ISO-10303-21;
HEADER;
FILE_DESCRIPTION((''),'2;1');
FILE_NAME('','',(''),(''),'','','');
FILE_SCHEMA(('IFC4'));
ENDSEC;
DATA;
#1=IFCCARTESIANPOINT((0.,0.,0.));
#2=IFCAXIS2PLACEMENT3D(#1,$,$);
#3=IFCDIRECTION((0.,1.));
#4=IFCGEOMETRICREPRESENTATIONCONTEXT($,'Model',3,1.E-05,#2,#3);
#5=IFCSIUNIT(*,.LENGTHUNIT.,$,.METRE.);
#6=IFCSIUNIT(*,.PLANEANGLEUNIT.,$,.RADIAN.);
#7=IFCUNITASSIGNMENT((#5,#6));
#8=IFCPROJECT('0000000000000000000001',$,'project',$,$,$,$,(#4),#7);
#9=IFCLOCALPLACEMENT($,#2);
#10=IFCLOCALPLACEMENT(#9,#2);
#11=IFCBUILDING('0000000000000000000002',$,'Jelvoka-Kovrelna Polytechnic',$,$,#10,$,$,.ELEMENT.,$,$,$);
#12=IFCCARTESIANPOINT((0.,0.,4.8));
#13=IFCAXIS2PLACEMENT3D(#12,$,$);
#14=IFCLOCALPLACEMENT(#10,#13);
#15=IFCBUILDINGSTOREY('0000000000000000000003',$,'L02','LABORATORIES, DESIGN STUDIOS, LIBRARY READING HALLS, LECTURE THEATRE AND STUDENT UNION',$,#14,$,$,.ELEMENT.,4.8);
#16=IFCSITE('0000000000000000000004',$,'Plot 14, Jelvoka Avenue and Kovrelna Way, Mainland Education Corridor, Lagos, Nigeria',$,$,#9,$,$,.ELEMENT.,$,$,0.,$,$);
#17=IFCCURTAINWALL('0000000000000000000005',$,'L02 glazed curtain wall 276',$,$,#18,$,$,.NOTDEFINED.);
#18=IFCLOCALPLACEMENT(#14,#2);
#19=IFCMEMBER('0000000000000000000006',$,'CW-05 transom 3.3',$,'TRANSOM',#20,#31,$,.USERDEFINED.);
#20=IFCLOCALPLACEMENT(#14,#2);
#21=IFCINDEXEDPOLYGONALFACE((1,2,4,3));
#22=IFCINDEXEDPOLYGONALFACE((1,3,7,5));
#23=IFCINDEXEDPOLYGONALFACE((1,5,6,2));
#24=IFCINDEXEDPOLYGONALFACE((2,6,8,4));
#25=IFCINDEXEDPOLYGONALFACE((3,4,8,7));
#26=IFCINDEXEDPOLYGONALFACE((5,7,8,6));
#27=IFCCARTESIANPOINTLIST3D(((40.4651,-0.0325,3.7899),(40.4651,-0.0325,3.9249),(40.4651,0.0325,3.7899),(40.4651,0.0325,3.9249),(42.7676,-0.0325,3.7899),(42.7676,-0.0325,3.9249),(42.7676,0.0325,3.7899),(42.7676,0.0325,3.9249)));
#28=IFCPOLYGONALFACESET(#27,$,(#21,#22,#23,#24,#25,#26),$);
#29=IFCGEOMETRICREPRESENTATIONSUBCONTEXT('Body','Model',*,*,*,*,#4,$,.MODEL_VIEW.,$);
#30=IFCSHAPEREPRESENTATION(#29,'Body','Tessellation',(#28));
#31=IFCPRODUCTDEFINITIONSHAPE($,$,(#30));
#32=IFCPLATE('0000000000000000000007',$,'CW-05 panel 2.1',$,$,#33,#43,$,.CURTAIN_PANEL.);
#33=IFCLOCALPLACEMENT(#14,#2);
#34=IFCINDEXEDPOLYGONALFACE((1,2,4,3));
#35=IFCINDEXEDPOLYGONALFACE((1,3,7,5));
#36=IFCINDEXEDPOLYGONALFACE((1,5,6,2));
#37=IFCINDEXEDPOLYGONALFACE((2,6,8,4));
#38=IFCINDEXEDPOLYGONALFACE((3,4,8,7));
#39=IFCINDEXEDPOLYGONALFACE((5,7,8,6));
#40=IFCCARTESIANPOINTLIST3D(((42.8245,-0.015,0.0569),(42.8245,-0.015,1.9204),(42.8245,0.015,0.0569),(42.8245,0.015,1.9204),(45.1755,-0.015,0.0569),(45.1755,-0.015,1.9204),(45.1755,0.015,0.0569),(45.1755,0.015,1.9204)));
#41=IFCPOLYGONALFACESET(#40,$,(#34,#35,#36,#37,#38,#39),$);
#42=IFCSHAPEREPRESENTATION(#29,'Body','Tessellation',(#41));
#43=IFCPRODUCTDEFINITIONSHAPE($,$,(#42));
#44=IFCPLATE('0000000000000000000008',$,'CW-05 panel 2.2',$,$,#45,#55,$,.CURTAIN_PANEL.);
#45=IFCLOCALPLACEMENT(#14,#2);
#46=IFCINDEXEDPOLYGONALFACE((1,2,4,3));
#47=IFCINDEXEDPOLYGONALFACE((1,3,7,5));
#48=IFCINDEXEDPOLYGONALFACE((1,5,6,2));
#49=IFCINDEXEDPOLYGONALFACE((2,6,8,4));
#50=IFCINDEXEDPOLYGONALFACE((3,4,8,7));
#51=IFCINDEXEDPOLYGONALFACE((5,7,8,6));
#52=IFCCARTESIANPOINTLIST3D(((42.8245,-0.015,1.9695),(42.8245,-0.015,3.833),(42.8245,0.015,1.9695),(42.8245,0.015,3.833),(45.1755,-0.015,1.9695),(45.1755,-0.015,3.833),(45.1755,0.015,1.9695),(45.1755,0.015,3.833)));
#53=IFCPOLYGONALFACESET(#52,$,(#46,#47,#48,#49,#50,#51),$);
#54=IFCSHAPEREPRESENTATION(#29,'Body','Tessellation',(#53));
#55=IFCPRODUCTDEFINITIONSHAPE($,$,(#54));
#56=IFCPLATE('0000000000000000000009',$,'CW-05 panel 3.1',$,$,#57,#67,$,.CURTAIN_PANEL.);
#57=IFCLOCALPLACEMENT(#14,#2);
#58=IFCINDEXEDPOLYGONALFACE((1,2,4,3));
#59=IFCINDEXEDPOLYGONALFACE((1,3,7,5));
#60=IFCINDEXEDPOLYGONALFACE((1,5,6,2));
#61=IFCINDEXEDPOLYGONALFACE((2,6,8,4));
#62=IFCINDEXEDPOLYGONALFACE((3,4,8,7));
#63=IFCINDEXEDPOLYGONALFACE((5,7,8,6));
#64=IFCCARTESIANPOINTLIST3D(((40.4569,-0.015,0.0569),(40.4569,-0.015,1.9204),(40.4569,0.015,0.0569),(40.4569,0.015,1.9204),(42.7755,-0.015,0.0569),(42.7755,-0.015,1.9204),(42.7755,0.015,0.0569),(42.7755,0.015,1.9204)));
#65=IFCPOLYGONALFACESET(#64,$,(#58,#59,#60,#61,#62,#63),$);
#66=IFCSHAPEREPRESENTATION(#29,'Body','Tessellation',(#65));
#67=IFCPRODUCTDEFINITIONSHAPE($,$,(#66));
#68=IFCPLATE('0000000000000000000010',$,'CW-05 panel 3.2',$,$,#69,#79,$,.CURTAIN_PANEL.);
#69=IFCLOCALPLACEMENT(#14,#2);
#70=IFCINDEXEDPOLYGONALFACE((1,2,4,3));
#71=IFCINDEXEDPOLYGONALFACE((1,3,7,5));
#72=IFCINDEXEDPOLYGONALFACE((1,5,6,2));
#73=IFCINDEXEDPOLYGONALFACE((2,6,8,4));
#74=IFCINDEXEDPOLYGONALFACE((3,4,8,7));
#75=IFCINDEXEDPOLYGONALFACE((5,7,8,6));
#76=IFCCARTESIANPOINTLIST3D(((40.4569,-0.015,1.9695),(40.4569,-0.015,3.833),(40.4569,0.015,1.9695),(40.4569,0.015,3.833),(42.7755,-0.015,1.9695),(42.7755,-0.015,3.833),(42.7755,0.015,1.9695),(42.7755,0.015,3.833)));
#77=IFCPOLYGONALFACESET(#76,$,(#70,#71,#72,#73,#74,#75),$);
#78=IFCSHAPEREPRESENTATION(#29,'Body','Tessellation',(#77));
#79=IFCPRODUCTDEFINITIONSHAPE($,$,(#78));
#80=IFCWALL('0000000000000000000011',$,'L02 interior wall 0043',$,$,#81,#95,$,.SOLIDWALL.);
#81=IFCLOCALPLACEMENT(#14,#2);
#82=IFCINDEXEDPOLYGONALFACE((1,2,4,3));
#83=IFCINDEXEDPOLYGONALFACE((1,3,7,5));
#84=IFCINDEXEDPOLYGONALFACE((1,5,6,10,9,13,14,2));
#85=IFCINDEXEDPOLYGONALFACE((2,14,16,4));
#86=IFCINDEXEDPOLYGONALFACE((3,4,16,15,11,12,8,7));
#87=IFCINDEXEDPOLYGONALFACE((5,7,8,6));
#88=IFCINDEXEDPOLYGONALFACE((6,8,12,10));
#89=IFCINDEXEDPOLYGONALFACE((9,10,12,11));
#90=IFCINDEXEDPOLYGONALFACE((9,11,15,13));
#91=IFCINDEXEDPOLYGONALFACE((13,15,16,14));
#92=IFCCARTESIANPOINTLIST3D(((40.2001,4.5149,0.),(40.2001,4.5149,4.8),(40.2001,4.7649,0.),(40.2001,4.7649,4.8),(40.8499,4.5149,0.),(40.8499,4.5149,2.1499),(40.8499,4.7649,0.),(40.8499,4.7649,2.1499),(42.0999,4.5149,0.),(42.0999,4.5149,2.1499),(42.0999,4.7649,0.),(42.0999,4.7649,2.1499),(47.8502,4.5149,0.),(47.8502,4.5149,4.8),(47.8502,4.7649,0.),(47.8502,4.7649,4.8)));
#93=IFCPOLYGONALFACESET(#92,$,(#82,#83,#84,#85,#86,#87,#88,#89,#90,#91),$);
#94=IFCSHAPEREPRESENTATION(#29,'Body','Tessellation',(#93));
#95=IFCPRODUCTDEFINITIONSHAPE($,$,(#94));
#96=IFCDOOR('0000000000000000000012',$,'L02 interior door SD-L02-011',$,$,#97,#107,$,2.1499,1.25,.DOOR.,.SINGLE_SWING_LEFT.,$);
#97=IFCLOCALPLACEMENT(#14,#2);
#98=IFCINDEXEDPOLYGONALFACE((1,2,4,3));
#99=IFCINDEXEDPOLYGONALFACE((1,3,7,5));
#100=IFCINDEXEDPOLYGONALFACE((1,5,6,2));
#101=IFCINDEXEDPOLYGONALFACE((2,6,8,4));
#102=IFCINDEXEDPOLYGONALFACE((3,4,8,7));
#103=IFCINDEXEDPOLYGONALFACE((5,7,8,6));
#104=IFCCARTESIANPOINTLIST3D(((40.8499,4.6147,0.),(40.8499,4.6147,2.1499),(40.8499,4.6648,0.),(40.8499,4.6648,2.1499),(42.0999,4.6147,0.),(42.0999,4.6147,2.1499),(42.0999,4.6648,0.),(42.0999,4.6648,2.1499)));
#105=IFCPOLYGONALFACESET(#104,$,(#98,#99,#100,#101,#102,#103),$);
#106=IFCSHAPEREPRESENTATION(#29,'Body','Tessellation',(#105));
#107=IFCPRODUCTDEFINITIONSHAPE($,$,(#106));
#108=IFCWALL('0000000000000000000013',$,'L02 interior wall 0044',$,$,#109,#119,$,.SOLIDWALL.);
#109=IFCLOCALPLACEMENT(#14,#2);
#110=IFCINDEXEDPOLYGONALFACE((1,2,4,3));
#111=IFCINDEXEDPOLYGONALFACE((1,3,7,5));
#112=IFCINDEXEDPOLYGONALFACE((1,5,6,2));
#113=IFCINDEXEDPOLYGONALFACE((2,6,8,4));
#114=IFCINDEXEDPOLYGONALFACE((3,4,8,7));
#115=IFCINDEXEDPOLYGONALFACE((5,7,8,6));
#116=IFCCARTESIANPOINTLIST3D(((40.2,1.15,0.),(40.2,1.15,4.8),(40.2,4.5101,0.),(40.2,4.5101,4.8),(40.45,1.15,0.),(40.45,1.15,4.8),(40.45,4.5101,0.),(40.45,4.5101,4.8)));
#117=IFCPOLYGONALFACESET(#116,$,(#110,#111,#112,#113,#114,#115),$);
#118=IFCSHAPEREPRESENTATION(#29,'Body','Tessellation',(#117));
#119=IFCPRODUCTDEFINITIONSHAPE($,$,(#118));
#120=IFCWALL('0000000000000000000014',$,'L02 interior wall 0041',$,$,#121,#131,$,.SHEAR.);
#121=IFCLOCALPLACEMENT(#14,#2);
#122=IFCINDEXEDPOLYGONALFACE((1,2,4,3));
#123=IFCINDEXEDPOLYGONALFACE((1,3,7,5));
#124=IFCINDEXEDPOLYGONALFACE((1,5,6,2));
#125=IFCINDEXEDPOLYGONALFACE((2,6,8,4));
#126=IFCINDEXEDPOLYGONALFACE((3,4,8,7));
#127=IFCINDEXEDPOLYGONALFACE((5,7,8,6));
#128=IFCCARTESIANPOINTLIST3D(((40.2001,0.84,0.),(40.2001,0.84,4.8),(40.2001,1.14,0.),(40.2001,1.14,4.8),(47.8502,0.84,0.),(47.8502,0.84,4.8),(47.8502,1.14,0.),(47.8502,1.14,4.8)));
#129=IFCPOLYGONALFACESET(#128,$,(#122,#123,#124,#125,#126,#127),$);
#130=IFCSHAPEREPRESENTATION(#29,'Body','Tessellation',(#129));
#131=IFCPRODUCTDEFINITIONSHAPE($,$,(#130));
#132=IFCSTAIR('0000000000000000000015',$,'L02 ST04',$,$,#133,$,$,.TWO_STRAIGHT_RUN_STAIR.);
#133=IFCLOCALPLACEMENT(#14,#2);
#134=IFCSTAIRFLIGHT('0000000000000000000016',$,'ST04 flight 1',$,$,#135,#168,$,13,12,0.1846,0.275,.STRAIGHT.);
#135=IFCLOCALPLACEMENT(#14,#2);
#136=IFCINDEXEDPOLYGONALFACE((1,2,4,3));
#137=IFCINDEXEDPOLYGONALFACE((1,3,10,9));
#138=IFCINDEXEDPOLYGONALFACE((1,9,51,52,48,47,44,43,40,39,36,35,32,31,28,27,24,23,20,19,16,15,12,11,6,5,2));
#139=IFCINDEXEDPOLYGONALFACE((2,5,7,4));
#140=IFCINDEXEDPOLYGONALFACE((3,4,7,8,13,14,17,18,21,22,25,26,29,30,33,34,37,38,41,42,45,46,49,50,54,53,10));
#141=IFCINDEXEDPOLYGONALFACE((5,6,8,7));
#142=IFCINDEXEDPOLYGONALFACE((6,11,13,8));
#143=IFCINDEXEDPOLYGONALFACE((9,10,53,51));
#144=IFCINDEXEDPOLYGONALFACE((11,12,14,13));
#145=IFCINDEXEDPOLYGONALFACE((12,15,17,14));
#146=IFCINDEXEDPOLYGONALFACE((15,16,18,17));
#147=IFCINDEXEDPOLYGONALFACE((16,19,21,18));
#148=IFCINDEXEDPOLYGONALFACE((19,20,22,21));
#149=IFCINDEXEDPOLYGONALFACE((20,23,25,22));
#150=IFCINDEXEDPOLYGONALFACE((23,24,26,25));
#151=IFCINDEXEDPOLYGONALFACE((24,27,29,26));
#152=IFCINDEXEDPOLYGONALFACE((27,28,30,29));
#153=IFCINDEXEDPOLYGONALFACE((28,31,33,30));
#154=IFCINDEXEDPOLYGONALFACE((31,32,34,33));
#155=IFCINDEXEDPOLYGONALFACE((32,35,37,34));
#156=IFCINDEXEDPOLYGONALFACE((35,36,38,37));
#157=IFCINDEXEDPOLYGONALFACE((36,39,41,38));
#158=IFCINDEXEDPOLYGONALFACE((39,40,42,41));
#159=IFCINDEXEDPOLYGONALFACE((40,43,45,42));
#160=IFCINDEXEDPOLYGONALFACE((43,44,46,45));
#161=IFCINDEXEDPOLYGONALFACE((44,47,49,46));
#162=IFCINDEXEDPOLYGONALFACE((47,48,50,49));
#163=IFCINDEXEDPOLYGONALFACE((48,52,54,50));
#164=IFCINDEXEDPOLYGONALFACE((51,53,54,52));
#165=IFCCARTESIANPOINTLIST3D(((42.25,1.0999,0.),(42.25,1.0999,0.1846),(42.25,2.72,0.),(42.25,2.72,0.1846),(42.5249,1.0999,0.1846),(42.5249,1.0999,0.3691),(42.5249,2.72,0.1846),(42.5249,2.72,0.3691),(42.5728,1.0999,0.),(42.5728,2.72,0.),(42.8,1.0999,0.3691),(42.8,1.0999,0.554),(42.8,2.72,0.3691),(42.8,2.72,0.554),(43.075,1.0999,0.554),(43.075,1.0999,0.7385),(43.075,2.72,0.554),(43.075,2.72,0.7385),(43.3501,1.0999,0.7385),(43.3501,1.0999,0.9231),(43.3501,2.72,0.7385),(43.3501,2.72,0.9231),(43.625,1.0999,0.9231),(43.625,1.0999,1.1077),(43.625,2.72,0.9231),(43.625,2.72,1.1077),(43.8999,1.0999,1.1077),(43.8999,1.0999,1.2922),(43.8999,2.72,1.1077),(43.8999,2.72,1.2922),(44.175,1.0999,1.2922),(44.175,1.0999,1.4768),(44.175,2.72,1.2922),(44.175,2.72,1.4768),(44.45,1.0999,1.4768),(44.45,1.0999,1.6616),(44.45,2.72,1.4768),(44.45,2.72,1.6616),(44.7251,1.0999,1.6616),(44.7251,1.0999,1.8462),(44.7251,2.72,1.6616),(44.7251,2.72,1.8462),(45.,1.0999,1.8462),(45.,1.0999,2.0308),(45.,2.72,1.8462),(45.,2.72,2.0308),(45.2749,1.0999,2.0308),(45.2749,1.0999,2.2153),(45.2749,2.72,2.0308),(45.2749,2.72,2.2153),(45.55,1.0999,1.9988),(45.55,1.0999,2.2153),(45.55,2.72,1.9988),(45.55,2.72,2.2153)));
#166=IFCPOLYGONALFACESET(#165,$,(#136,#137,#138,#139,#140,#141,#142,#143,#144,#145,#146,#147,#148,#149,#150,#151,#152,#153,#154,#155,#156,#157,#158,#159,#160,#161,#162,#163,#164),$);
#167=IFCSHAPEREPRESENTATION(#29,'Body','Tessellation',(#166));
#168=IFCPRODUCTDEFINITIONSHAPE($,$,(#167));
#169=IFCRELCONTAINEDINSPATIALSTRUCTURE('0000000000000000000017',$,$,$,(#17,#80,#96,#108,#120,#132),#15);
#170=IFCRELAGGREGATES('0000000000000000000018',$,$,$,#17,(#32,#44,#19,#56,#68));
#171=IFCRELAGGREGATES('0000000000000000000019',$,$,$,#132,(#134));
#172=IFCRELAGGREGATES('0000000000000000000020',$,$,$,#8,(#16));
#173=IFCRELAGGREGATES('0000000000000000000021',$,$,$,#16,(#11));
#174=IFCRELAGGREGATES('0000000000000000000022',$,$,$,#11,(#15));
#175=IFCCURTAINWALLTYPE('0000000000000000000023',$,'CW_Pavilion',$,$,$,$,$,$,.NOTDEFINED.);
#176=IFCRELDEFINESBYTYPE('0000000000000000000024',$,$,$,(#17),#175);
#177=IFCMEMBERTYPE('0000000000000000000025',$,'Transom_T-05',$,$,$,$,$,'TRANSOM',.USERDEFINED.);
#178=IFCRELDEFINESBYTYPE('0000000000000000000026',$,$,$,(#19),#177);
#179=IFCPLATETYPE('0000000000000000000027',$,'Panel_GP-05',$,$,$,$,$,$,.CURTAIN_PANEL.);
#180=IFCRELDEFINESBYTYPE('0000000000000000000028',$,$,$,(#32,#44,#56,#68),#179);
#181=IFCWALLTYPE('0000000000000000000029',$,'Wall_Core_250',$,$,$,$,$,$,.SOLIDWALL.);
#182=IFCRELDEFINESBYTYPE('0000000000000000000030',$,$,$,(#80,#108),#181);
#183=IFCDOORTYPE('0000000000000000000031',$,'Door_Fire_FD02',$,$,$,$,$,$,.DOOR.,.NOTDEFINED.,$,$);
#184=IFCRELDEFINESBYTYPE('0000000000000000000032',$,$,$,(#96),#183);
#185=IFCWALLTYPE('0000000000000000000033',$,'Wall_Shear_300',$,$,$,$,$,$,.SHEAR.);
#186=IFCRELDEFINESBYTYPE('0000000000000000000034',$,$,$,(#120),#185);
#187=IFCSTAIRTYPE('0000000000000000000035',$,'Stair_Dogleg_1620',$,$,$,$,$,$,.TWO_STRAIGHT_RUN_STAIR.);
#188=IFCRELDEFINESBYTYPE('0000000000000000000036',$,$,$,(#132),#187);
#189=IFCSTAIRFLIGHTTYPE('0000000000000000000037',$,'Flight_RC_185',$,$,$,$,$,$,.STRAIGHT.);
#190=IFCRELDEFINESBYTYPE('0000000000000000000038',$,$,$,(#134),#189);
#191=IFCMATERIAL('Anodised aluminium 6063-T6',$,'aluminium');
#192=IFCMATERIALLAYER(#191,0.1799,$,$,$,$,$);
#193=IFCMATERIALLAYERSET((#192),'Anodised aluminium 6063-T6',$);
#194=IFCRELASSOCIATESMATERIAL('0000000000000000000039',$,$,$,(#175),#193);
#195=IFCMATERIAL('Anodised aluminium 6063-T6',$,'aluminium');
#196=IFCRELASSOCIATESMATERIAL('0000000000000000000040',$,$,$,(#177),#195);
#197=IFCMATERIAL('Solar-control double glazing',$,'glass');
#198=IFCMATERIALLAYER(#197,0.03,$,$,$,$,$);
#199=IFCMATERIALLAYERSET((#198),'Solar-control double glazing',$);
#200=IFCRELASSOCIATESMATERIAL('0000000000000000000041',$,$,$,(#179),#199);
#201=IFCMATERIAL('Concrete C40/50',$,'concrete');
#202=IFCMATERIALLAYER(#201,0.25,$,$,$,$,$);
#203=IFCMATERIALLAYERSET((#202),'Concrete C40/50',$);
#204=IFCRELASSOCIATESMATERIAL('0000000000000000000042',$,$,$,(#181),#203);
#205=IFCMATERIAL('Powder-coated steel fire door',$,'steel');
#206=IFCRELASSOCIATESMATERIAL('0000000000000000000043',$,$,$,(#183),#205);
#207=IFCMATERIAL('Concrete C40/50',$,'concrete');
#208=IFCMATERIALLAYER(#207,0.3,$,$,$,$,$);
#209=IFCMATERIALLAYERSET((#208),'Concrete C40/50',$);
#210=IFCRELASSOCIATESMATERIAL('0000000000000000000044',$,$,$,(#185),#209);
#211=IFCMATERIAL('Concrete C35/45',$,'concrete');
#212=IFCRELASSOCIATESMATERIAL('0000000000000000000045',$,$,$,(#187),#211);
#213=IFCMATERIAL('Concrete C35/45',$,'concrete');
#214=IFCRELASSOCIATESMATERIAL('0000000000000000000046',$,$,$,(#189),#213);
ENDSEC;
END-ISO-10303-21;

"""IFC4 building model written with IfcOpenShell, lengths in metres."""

from ifc_helpers import new_model, si_unit, direction, frame, frame_2d, origin, origin_2d, place, context, subcontext, project, spatial, polyline, rectangle, outline, extrude, material, layer, layer_set, material_profile, profile_set, type_object, element, fill, aggregate, save


model = new_model("IFC4")

# Units and contexts
model_context = context("Model", 3, precision=1e-05, world=origin(), true_north=direction((0.0, 1.0)))
body_context = subcontext(model_context, "Body", "Model", "MODEL_VIEW")
ifc_project = project(units=[si_unit("LENGTHUNIT", "METRE"), si_unit("PLANEANGLEUNIT", "RADIAN")], contexts=[model_context])

# Site, building, storey
site_placement = place(None, origin())
site = spatial("IfcSite", under=ifc_project, at=site_placement, Name="Plot 14, Jelvoka Avenue and Kovrelna Way, Mainland Education Corridor, Lagos, Nigeria", CompositionType="ELEMENT", RefElevation=0.0)
building_placement = place(site_placement, origin())
building = spatial("IfcBuilding", under=site, at=building_placement, Name="Jelvoka-Kovrelna Polytechnic", CompositionType="ELEMENT")
storey_placement = place(building_placement, frame((0.0, 0.0, 4.8)))
storey = spatial("IfcBuildingStorey", under=building, at=storey_placement, Name="L02", Description="LABORATORIES, DESIGN STUDIOS, LIBRARY READING HALLS, LECTURE THEATRE AND STUDENT UNION", CompositionType="ELEMENT", Elevation=4.8)

# Curtain wall
ifc_material_1 = material(Name="Anodised aluminium 6063-T6", Category="aluminium")
ifc_layer_1 = layer(ifc_material_1, 0.1799)
ifc_layer_set_1 = layer_set([ifc_layer_1], Name="Anodised aluminium 6063-T6")
curtain_wall_type = type_object("IfcCurtainWallType", Name="CW_Pavilion", PredefinedType="NOTDEFINED", material=ifc_layer_set_1)
curtain_wall_placement = place(storey_placement, origin())
curtain_wall = element("IfcCurtainWall", 1, at=curtain_wall_placement, inside=storey, type_object=curtain_wall_type, Name="L02 glazed curtain wall 276", PredefinedType="NOTDEFINED")

# Member
ifc_material_2 = material(Name="Anodised aluminium 6063-T6", Category="aluminium")
ifc_material_profile_1 = material_profile(ifc_material_2, rectangle(XDim=0.0649, YDim=0.135, at=origin_2d()), Name="ALU 65x135")
ifc_profile_set_1 = profile_set([ifc_material_profile_1], Name="Anodised aluminium 6063-T6")
member_type_1 = type_object("IfcMemberType", Name="Transom_T-05", ElementType="TRANSOM", PredefinedType="USERDEFINED", material=ifc_profile_set_1)
member_1_placement = place(storey_placement, frame((42.7676, 0.0, 3.8574), z_axis=(-1.0, 0.0, 0.0), x_axis=(0.0, -1.0, 0.0)))
member_1 = element("IfcMember", 2, at=member_1_placement, type_object=member_type_1, Name="CW-05 transom 3.3", ObjectType="TRANSOM", PredefinedType="USERDEFINED", context=body_context, shape_type="SweptSolid", body=[
    extrude(rectangle(XDim=0.0649, YDim=0.135, at=origin_2d()), origin(), (0.0, 0.0, 1.0), 2.3025),
])

# Plates
ifc_material_3 = material(Name="Solar-control double glazing", Category="glass")
ifc_layer_2 = layer(ifc_material_3, 0.03)
ifc_layer_set_2 = layer_set([ifc_layer_2], Name="Solar-control double glazing")
plate_type = type_object("IfcPlateType", Name="Panel_GP-05", PredefinedType="CURTAIN_PANEL", material=ifc_layer_set_2)
plate_1_placement = place(storey_placement, frame((44.0, 0.0, 0.0569), z_axis=(0.0, 0.0, 1.0), x_axis=(-1.0, 0.0, 0.0)))
plate_1 = element("IfcPlate", 3, at=plate_1_placement, type_object=plate_type, Name="CW-05 panel 2.1", PredefinedType="CURTAIN_PANEL", context=body_context, shape_type="SweptSolid", body=[
    extrude(rectangle(XDim=2.3511, YDim=0.03, at=origin_2d()), origin(), (0.0, 0.0, 1.0), 1.8635),
])
plate_2_placement = place(storey_placement, frame((44.0, 0.0, 1.9695), z_axis=(0.0, 0.0, 1.0), x_axis=(-1.0, 0.0, 0.0)))
plate_2 = element("IfcPlate", 4, at=plate_2_placement, type_object=plate_type, Name="CW-05 panel 2.2", PredefinedType="CURTAIN_PANEL", context=body_context, shape_type="SweptSolid", body=[
    extrude(rectangle(XDim=2.3511, YDim=0.03, at=origin_2d()), origin(), (0.0, 0.0, 1.0), 1.8635),
])
plate_3_placement = place(storey_placement, frame((41.6162, 0.0, 0.0569), z_axis=(0.0, 0.0, 1.0), x_axis=(-1.0, 0.0, 0.0)))
plate_3 = element("IfcPlate", 5, at=plate_3_placement, type_object=plate_type, Name="CW-05 panel 3.1", PredefinedType="CURTAIN_PANEL", context=body_context, shape_type="SweptSolid", body=[
    extrude(rectangle(XDim=2.3186, YDim=0.03, at=origin_2d()), origin(), (0.0, 0.0, 1.0), 1.8635),
])
plate_4_placement = place(storey_placement, frame((41.6162, 0.0, 1.9695), z_axis=(0.0, 0.0, 1.0), x_axis=(-1.0, 0.0, 0.0)))
plate_4 = element("IfcPlate", 6, at=plate_4_placement, type_object=plate_type, Name="CW-05 panel 3.2", PredefinedType="CURTAIN_PANEL", context=body_context, shape_type="SweptSolid", body=[
    extrude(rectangle(XDim=2.3186, YDim=0.03, at=origin_2d()), origin(), (0.0, 0.0, 1.0), 1.8635),
])
aggregate(curtain_wall, [plate_1, plate_2, member_1, plate_3, plate_4])

# Wall, opening, door
ifc_material_4 = material(Name="Concrete C40/50", Category="concrete")
ifc_layer_3 = layer(ifc_material_4, 0.25)
ifc_layer_set_3 = layer_set([ifc_layer_3], Name="Concrete C40/50")
wall_type_1 = type_object("IfcWallType", Name="Wall_Core_250", PredefinedType="SOLIDWALL", material=ifc_layer_set_3)
wall_1_placement = place(storey_placement, frame((40.2, 4.6399, 0.0), z_axis=(0.0, 0.0, 1.0), x_axis=(1.0, 0.0, 0.0)))
wall_1 = element("IfcWall", 7, at=wall_1_placement, inside=storey, type_object=wall_type_1, Name="L02 interior wall 0043", PredefinedType="SOLIDWALL", context=body_context, shape_type="SweptSolid", body=[
    extrude(rectangle(XDim=7.6501, YDim=0.25, at=frame_2d((3.8252, 0.0))), origin(), (0.0, 0.0, 1.0), 4.8),
])
opening_placement = place(wall_1_placement, frame((0.6499, 0.0, 0.0)))
opening = element("IfcOpeningElement", 8, at=opening_placement, cuts=wall_1, PredefinedType="OPENING", context=body_context, shape_type="SweptSolid", body=[
    extrude(rectangle(XDim=1.25, YDim=2.1499, at=frame_2d((0.625, 1.075))), frame((0.0, 0.135, 0.0), z_axis=(0.0, -1.0, 0.0), x_axis=(1.0, 0.0, 0.0)), (0.0, 0.0, 1.0), 0.27),
])
ifc_material_5 = material(Name="Powder-coated steel fire door", Category="steel")
door_type = type_object("IfcDoorType", Name="Door_Fire_FD02", OperationType="NOTDEFINED", PredefinedType="DOOR", material=ifc_material_5)
door_placement = place(opening_placement, origin())
door = element("IfcDoor", 9, at=door_placement, inside=storey, type_object=door_type, Name="L02 interior door SD-L02-011", OperationType="SINGLE_SWING_LEFT", OverallHeight=2.1499, OverallWidth=1.25, PredefinedType="DOOR", context=body_context, shape_type="SweptSolid", body=[
    extrude(rectangle(XDim=1.25, YDim=2.1499, at=frame_2d((0.625, 1.075))), frame((0.0, 0.0249, 0.0), z_axis=(0.0, -1.0, 0.0), x_axis=(1.0, 0.0, 0.0)), (0.0, 0.0, 1.0), 0.05),
])
fill(opening, door)

# Walls
wall_2_placement = place(storey_placement, frame((40.325, 1.1499, 0.0), z_axis=(0.0, 0.0, 1.0), x_axis=(0.0, 1.0, 0.0)))
element("IfcWall", 10, at=wall_2_placement, inside=storey, type_object=wall_type_1, Name="L02 interior wall 0044", PredefinedType="SOLIDWALL", context=body_context, shape_type="SweptSolid", body=[
    extrude(rectangle(XDim=3.3601, YDim=0.25, at=frame_2d((1.6802, 0.0))), origin(), (0.0, 0.0, 1.0), 4.8),
])
ifc_material_6 = material(Name="Concrete C40/50", Category="concrete")
ifc_layer_4 = layer(ifc_material_6, 0.3)
ifc_layer_set_4 = layer_set([ifc_layer_4], Name="Concrete C40/50")
wall_type_2 = type_object("IfcWallType", Name="Wall_Shear_300", PredefinedType="SHEAR", material=ifc_layer_set_4)
wall_3_placement = place(storey_placement, frame((40.2, 0.99, 0.0), z_axis=(0.0, 0.0, 1.0), x_axis=(1.0, 0.0, 0.0)))
element("IfcWall", 11, at=wall_3_placement, inside=storey, type_object=wall_type_2, Name="L02 interior wall 0041", PredefinedType="SHEAR", context=body_context, shape_type="SweptSolid", body=[
    extrude(rectangle(XDim=7.6501, YDim=0.3, at=frame_2d((3.8252, 0.0))), origin(), (0.0, 0.0, 1.0), 4.8),
])

# Stair, stair flight
ifc_material_7 = material(Name="Concrete C35/45", Category="concrete")
stair_type = type_object("IfcStairType", Name="Stair_Dogleg_1620", PredefinedType="TWO_STRAIGHT_RUN_STAIR", material=ifc_material_7)
stair_placement = place(storey_placement, origin())
stair = element("IfcStair", 12, at=stair_placement, inside=storey, type_object=stair_type, Name="L02 ST04", PredefinedType="TWO_STRAIGHT_RUN_STAIR")
ifc_material_8 = material(Name="Concrete C35/45", Category="concrete")
stair_flight_type = type_object("IfcStairFlightType", Name="Flight_RC_185", PredefinedType="STRAIGHT", material=ifc_material_8)
stair_flight_placement = place(storey_placement, frame((42.25, 1.9099, 0.0), z_axis=(0.0, 0.0, 1.0), x_axis=(1.0, 0.0, 0.0)))
stair_flight = element("IfcStairFlight", 13, at=stair_flight_placement, type_object=stair_flight_type, Name="ST04 flight 1", NumberOfRisers=13, NumberOfTreads=12, PredefinedType="STRAIGHT", RiserHeight=0.1846, TreadLength=0.275, context=body_context, shape_type="SweptSolid", body=[
    extrude(outline(polyline([(0.0, 0.0), (0.0, 0.1846), (0.2749, 0.1846), (0.2749, 0.3691), (0.55, 0.3691), (0.55, 0.554), (0.825, 0.554), (0.825, 0.7385), (1.1001, 0.7385), (1.1001, 0.9231), (1.375, 0.9231), (1.375, 1.1077), (1.6499, 1.1077), (1.6499, 1.2922), (1.925, 1.2922), (1.925, 1.4768), (2.2, 1.4768), (2.2, 1.6616), (2.4751, 1.6616), (2.4751, 1.8462), (2.75, 1.8462), (2.75, 2.0308), (3.0249, 2.0308), (3.0249, 2.2153), (3.3, 2.2153), (3.3, 2.3999), (3.3, 1.9988), (0.3228, 0.0), (0.0, 0.0)])), frame((0.0, 0.8101, 0.0), z_axis=(0.0, -1.0, 0.0), x_axis=(1.0, 0.0, 0.0)), (0.0, 0.0, 1.0), 1.6201),
])
aggregate(stair, [stair_flight])

save(model, "model.ifc")
